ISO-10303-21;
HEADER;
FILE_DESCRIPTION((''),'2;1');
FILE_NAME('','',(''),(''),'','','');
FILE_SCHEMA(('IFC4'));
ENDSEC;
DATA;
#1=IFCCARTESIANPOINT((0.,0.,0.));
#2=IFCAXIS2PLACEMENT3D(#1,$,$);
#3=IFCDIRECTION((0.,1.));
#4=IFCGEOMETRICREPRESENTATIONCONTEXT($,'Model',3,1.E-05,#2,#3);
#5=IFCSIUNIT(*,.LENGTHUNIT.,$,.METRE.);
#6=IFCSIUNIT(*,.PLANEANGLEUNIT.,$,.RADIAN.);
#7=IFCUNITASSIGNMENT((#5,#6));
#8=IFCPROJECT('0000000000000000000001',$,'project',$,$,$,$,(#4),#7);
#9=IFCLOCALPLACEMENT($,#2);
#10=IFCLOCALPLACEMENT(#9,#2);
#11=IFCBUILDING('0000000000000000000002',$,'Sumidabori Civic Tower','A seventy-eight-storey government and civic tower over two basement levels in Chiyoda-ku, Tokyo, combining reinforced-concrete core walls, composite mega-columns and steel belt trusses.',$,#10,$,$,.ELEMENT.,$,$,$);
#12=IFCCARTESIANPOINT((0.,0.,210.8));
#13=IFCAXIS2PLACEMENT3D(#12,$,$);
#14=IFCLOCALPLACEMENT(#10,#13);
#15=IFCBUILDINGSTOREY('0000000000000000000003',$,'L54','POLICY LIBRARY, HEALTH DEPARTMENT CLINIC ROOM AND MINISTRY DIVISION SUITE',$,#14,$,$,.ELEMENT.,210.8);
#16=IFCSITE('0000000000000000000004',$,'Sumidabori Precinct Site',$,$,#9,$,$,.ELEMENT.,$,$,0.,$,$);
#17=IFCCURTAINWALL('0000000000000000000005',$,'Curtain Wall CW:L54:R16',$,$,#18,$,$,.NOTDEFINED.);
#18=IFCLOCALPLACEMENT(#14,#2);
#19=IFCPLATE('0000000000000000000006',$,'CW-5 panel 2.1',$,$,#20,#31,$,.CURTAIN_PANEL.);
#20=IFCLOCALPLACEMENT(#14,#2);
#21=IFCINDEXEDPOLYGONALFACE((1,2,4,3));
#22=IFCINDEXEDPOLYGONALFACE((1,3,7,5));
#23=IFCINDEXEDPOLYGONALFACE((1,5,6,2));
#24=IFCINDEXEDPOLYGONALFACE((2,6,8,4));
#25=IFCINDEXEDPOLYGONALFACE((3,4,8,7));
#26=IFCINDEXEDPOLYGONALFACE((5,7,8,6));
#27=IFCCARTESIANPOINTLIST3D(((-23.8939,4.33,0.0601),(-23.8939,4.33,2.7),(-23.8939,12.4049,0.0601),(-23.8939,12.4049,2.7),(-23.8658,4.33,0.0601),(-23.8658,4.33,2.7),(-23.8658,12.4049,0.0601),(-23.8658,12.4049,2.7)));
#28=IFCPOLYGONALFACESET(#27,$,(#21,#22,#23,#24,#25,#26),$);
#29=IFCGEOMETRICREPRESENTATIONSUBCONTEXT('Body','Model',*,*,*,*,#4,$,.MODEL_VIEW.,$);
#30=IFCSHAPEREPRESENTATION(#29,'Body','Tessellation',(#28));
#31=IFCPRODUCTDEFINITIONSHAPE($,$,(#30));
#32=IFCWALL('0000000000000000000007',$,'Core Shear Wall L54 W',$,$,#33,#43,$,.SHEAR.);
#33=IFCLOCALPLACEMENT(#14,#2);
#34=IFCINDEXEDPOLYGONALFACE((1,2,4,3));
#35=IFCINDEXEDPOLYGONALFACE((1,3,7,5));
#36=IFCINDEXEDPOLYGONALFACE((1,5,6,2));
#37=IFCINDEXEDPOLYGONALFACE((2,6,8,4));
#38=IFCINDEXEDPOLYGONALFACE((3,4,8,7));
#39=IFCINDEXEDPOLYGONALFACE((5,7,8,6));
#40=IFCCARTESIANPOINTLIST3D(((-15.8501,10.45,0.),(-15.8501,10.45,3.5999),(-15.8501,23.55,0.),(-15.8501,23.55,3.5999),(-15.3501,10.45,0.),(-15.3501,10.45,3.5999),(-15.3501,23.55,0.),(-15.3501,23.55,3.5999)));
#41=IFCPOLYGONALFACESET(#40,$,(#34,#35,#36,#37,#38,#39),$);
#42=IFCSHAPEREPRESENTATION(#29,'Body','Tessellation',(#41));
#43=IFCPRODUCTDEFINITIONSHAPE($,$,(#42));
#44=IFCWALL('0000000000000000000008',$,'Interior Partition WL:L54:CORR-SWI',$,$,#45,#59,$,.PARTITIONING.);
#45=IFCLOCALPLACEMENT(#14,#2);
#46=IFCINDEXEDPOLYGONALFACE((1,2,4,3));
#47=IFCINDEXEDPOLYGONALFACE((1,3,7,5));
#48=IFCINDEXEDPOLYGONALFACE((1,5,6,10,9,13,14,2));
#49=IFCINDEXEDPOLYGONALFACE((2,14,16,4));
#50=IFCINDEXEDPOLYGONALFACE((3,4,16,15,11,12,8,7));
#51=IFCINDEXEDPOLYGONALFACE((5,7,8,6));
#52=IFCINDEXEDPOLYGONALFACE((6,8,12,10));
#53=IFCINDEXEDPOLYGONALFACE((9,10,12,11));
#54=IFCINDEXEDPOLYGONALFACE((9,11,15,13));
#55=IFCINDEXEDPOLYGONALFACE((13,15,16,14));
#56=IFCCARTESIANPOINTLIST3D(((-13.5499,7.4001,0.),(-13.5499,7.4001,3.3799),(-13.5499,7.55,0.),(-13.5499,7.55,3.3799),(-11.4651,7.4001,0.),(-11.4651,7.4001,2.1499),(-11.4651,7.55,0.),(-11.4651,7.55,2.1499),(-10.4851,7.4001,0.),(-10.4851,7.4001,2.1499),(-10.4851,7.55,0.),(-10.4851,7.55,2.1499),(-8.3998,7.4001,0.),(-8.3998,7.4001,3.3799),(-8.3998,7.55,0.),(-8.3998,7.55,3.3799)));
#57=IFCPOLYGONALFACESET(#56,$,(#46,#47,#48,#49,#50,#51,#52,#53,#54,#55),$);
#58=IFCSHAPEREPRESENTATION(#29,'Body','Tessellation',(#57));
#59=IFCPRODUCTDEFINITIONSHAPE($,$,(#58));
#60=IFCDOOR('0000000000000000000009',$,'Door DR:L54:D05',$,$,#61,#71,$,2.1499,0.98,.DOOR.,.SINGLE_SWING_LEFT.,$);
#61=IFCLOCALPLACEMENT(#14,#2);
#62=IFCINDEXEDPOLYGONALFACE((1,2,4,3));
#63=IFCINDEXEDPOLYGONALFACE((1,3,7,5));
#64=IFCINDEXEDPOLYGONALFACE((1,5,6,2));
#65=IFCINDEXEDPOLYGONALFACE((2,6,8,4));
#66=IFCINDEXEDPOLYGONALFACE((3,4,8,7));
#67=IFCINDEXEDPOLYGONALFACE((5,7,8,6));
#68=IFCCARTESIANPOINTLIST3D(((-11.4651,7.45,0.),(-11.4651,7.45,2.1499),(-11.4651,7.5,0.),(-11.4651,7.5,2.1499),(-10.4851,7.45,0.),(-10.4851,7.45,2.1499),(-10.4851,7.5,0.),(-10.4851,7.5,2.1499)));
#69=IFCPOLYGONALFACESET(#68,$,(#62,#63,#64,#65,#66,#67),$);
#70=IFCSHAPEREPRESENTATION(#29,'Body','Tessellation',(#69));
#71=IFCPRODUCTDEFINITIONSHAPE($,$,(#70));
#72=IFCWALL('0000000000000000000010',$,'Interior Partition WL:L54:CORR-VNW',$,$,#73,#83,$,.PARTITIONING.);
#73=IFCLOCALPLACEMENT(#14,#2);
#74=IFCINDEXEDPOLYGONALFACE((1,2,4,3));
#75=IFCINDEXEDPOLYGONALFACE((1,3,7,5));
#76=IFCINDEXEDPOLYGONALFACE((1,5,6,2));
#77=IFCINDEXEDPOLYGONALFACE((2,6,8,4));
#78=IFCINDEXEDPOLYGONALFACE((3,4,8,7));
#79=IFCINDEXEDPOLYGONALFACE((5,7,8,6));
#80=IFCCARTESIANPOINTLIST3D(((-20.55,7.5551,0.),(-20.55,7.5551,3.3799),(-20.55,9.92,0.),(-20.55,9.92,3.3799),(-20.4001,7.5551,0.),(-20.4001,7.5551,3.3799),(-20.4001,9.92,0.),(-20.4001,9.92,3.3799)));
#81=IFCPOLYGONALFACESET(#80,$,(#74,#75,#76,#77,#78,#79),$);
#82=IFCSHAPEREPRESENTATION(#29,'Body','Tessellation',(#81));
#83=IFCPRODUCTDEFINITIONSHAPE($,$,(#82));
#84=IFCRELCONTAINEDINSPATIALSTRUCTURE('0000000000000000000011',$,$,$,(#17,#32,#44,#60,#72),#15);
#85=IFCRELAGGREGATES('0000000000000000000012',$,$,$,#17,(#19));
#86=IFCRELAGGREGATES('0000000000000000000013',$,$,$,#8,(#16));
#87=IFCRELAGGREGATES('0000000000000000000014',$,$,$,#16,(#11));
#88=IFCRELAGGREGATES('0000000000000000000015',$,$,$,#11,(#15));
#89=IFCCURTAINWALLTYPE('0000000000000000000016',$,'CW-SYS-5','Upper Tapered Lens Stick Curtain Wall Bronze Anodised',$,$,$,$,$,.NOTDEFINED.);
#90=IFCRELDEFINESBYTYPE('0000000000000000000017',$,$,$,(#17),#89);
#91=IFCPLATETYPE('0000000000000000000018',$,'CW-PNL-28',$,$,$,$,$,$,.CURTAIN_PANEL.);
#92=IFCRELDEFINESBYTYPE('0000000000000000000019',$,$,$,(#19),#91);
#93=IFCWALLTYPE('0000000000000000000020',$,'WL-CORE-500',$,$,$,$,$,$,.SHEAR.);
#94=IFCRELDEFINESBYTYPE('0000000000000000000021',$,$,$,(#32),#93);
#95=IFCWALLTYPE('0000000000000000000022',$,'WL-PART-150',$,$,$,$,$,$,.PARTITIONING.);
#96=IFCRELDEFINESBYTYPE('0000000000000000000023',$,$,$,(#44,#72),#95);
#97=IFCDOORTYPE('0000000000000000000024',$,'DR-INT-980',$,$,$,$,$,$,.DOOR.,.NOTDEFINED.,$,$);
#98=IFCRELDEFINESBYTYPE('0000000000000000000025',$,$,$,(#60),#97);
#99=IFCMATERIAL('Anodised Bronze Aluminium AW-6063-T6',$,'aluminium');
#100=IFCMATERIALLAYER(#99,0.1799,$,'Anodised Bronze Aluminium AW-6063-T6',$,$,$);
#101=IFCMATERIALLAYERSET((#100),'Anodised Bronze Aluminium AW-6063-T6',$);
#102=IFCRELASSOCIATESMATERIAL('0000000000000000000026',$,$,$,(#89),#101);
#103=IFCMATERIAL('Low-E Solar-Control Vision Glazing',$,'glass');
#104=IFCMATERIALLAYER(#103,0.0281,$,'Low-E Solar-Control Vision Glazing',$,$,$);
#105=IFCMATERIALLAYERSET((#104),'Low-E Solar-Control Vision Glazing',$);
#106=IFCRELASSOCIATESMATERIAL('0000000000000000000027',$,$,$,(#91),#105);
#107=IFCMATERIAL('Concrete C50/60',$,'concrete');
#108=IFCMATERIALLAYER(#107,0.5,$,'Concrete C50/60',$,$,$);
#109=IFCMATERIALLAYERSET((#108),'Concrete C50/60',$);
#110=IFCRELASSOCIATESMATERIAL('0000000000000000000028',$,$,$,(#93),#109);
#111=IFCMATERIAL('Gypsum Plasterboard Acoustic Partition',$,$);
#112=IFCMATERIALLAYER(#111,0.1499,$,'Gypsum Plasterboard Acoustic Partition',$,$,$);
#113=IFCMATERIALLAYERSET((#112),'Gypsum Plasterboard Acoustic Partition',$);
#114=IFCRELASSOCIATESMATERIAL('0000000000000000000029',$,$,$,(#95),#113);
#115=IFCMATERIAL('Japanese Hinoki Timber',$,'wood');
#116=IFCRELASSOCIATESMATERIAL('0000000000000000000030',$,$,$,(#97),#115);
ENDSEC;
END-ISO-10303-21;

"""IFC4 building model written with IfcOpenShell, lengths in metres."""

from ifc_helpers import new_model, si_unit, direction, frame, frame_2d, origin, origin_2d, place, context, subcontext, project, spatial, rectangle, extrude, source, transform, mapped, material, layer, layer_set, type_object, element, fill, aggregate, save


model = new_model("IFC4")

# Units and contexts
model_context = context("Model", 3, precision=1e-05, world=origin(), true_north=direction((0.0, 1.0)))
body_context = subcontext(model_context, "Body", "Model", "MODEL_VIEW")
ifc_project = project(units=[si_unit("LENGTHUNIT", "METRE"), si_unit("PLANEANGLEUNIT", "RADIAN")], contexts=[model_context])

# Site, building, storey
site_placement = place(None, origin())
site = spatial("IfcSite", under=ifc_project, at=site_placement, Name="Sumidabori Precinct Site", CompositionType="ELEMENT", RefElevation=0.0)
building_placement = place(site_placement, origin())
building = spatial("IfcBuilding", under=site, at=building_placement, Name="Sumidabori Civic Tower", Description="A seventy-eight-storey government and civic tower over two basement levels in Chiyoda-ku, Tokyo, combining reinforced-concrete core walls, composite mega-columns and steel belt trusses.", CompositionType="ELEMENT")
storey_placement = place(building_placement, frame((0.0, 0.0, 210.8)))
storey = spatial("IfcBuildingStorey", under=building, at=storey_placement, Name="L54", Description="POLICY LIBRARY, HEALTH DEPARTMENT CLINIC ROOM AND MINISTRY DIVISION SUITE", CompositionType="ELEMENT", Elevation=210.8)

# Curtain wall, plate
ifc_material_1 = material(Name="Anodised Bronze Aluminium AW-6063-T6", Category="aluminium")
ifc_layer_1 = layer(ifc_material_1, 0.1799, Name="Anodised Bronze Aluminium AW-6063-T6")
ifc_layer_set_1 = layer_set([ifc_layer_1], Name="Anodised Bronze Aluminium AW-6063-T6")
curtain_wall_type = type_object("IfcCurtainWallType", Name="CW-SYS-5", Description="Upper Tapered Lens Stick Curtain Wall Bronze Anodised", PredefinedType="NOTDEFINED", material=ifc_layer_set_1)
curtain_wall_placement = place(storey_placement, origin())
curtain_wall = element("IfcCurtainWall", 1, at=curtain_wall_placement, inside=storey, type_object=curtain_wall_type, Name="Curtain Wall CW:L54:R16", PredefinedType="NOTDEFINED")
ifc_material_2 = material(Name="Low-E Solar-Control Vision Glazing", Category="glass")
ifc_layer_2 = layer(ifc_material_2, 0.0281, Name="Low-E Solar-Control Vision Glazing")
ifc_layer_set_2 = layer_set([ifc_layer_2], Name="Low-E Solar-Control Vision Glazing")
plate_type = type_object("IfcPlateType", Name="CW-PNL-28", PredefinedType="CURTAIN_PANEL", material=ifc_layer_set_2)
shared_shape_1 = source(origin(), body_context, "Body", "SweptSolid", [
    extrude(rectangle(XDim=8.075, YDim=0.0281, at=origin_2d()), origin(), (0.0, 0.0, 1.0), 2.6399),
])
plate_placement = place(storey_placement, frame((-23.8799, 8.3674, 0.0601), z_axis=(0.0, 0.0, 1.0), x_axis=(0.0, -1.0, 0.0)))
plate = element("IfcPlate", 2, at=plate_placement, type_object=plate_type, Name="CW-5 panel 2.1", PredefinedType="CURTAIN_PANEL", context=body_context, shape_type="MappedRepresentation", body=[
    mapped(shared_shape_1, transform((0.0, 0.0, 0.0), x_axis=(1.0, 0.0, 0.0), y_axis=(0.0, 1.0, 0.0), z_axis=(0.0, 0.0, 1.0), scale=1.0)),
])
aggregate(curtain_wall, [plate])

# Shared definitions
ifc_material_3 = material(Name="Concrete C50/60", Category="concrete")
ifc_layer_3 = layer(ifc_material_3, 0.5, Name="Concrete C50/60")
ifc_layer_set_3 = layer_set([ifc_layer_3], Name="Concrete C50/60")
wall_type_1 = type_object("IfcWallType", Name="WL-CORE-500", PredefinedType="SHEAR", material=ifc_layer_set_3)

# Wall
shared_shape_2 = source(origin(), body_context, "Body", "SweptSolid", [
    extrude(rectangle(XDim=13.1001, YDim=0.5, at=frame_2d((6.55, 0.0))), origin(), (0.0, 0.0, 1.0), 3.5999),
])
wall_1_placement = place(storey_placement, frame((-15.6001, 10.45, 0.0), z_axis=(0.0, 0.0, 1.0), x_axis=(0.0, 1.0, 0.0)))
element("IfcWall", 3, at=wall_1_placement, inside=storey, type_object=wall_type_1, Name="Core Shear Wall L54 W", PredefinedType="SHEAR", context=body_context, shape_type="MappedRepresentation", body=[
    mapped(shared_shape_2, transform((0.0, 0.0, 0.0), x_axis=(1.0, 0.0, 0.0), y_axis=(0.0, 1.0, 0.0), z_axis=(0.0, 0.0, 1.0), scale=1.0)),
])

# Wall, opening, door
ifc_material_4 = material(Name="Gypsum Plasterboard Acoustic Partition")
ifc_layer_4 = layer(ifc_material_4, 0.1499, Name="Gypsum Plasterboard Acoustic Partition")
ifc_layer_set_4 = layer_set([ifc_layer_4], Name="Gypsum Plasterboard Acoustic Partition")
wall_type_2 = type_object("IfcWallType", Name="WL-PART-150", PredefinedType="PARTITIONING", material=ifc_layer_set_4)
ifc_material_5 = material(Name="Japanese Hinoki Timber", Category="wood")
door_type_1 = type_object("IfcDoorType", Name="DR-INT-980", OperationType="NOTDEFINED", PredefinedType="DOOR", material=ifc_material_5)
shared_shape_3 = source(origin(), body_context, "Body", "SweptSolid", [
    extrude(rectangle(XDim=0.98, YDim=2.1499, at=frame_2d((0.49, 1.075))), frame((0.0, 0.0249, 0.0), z_axis=(0.0, -1.0, 0.0), x_axis=(1.0, 0.0, 0.0)), (0.0, 0.0, 1.0), 0.05),
])
shared_shape_4 = source(origin(), body_context, "Body", "SweptSolid", [
    extrude(rectangle(XDim=5.1501, YDim=0.1499, at=frame_2d((2.5752, 0.0))), origin(), (0.0, 0.0, 1.0), 3.3799),
])
wall_2_placement = place(storey_placement, frame((-13.55, 7.4751, 0.0), z_axis=(0.0, 0.0, 1.0), x_axis=(1.0, 0.0, 0.0)))
wall_2 = element("IfcWall", 4, at=wall_2_placement, inside=storey, type_object=wall_type_2, Name="Interior Partition WL:L54:CORR-SWI", PredefinedType="PARTITIONING", context=body_context, shape_type="MappedRepresentation", body=[
    mapped(shared_shape_4, transform((0.0, 0.0, 0.0), x_axis=(1.0, 0.0, 0.0), y_axis=(0.0, 1.0, 0.0), z_axis=(0.0, 0.0, 1.0), scale=1.0)),
])
opening_1_placement = place(wall_2_placement, frame((2.085, 0.0, 0.0)))
opening_1 = element("IfcOpeningElement", 5, at=opening_1_placement, cuts=wall_2, PredefinedType="OPENING", context=body_context, shape_type="SweptSolid", body=[
    extrude(rectangle(XDim=0.98, YDim=2.1499, at=frame_2d((0.49, 1.075))), frame((0.0, 0.0869, 0.0), z_axis=(0.0, -1.0, 0.0), x_axis=(1.0, 0.0, 0.0)), (0.0, 0.0, 1.0), 0.1738),
])
door_1_placement = place(opening_1_placement, origin())
door_1 = element("IfcDoor", 6, at=door_1_placement, inside=storey, type_object=door_type_1, Name="Door DR:L54:D05", OperationType="SINGLE_SWING_LEFT", OverallHeight=2.1499, OverallWidth=0.98, PredefinedType="DOOR", context=body_context, shape_type="MappedRepresentation", body=[
    mapped(shared_shape_3, transform((0.0, 0.0, 0.0), x_axis=(1.0, 0.0, 0.0), y_axis=(0.0, 1.0, 0.0), z_axis=(0.0, 0.0, 1.0), scale=1.0)),
])
fill(opening_1, door_1)

# Wall
shared_shape_5 = source(origin(), body_context, "Body", "SweptSolid", [
    extrude(rectangle(XDim=2.365, YDim=0.1499, at=frame_2d((1.1826, 0.0))), origin(), (0.0, 0.0, 1.0), 3.3799),
])
wall_3_placement = place(storey_placement, frame((-20.4751, 7.5549, 0.0), z_axis=(0.0, 0.0, 1.0), x_axis=(0.0, 1.0, 0.0)))
element("IfcWall", 7, at=wall_3_placement, inside=storey, type_object=wall_type_2, Name="Interior Partition WL:L54:CORR-VNW", PredefinedType="PARTITIONING", context=body_context, shape_type="MappedRepresentation", body=[
    mapped(shared_shape_5, transform((0.0, 0.0, 0.0), x_axis=(1.0, 0.0, 0.0), y_axis=(0.0, 1.0, 0.0), z_axis=(0.0, 0.0, 1.0), scale=1.0)),
])

save(model, "model.ifc")
